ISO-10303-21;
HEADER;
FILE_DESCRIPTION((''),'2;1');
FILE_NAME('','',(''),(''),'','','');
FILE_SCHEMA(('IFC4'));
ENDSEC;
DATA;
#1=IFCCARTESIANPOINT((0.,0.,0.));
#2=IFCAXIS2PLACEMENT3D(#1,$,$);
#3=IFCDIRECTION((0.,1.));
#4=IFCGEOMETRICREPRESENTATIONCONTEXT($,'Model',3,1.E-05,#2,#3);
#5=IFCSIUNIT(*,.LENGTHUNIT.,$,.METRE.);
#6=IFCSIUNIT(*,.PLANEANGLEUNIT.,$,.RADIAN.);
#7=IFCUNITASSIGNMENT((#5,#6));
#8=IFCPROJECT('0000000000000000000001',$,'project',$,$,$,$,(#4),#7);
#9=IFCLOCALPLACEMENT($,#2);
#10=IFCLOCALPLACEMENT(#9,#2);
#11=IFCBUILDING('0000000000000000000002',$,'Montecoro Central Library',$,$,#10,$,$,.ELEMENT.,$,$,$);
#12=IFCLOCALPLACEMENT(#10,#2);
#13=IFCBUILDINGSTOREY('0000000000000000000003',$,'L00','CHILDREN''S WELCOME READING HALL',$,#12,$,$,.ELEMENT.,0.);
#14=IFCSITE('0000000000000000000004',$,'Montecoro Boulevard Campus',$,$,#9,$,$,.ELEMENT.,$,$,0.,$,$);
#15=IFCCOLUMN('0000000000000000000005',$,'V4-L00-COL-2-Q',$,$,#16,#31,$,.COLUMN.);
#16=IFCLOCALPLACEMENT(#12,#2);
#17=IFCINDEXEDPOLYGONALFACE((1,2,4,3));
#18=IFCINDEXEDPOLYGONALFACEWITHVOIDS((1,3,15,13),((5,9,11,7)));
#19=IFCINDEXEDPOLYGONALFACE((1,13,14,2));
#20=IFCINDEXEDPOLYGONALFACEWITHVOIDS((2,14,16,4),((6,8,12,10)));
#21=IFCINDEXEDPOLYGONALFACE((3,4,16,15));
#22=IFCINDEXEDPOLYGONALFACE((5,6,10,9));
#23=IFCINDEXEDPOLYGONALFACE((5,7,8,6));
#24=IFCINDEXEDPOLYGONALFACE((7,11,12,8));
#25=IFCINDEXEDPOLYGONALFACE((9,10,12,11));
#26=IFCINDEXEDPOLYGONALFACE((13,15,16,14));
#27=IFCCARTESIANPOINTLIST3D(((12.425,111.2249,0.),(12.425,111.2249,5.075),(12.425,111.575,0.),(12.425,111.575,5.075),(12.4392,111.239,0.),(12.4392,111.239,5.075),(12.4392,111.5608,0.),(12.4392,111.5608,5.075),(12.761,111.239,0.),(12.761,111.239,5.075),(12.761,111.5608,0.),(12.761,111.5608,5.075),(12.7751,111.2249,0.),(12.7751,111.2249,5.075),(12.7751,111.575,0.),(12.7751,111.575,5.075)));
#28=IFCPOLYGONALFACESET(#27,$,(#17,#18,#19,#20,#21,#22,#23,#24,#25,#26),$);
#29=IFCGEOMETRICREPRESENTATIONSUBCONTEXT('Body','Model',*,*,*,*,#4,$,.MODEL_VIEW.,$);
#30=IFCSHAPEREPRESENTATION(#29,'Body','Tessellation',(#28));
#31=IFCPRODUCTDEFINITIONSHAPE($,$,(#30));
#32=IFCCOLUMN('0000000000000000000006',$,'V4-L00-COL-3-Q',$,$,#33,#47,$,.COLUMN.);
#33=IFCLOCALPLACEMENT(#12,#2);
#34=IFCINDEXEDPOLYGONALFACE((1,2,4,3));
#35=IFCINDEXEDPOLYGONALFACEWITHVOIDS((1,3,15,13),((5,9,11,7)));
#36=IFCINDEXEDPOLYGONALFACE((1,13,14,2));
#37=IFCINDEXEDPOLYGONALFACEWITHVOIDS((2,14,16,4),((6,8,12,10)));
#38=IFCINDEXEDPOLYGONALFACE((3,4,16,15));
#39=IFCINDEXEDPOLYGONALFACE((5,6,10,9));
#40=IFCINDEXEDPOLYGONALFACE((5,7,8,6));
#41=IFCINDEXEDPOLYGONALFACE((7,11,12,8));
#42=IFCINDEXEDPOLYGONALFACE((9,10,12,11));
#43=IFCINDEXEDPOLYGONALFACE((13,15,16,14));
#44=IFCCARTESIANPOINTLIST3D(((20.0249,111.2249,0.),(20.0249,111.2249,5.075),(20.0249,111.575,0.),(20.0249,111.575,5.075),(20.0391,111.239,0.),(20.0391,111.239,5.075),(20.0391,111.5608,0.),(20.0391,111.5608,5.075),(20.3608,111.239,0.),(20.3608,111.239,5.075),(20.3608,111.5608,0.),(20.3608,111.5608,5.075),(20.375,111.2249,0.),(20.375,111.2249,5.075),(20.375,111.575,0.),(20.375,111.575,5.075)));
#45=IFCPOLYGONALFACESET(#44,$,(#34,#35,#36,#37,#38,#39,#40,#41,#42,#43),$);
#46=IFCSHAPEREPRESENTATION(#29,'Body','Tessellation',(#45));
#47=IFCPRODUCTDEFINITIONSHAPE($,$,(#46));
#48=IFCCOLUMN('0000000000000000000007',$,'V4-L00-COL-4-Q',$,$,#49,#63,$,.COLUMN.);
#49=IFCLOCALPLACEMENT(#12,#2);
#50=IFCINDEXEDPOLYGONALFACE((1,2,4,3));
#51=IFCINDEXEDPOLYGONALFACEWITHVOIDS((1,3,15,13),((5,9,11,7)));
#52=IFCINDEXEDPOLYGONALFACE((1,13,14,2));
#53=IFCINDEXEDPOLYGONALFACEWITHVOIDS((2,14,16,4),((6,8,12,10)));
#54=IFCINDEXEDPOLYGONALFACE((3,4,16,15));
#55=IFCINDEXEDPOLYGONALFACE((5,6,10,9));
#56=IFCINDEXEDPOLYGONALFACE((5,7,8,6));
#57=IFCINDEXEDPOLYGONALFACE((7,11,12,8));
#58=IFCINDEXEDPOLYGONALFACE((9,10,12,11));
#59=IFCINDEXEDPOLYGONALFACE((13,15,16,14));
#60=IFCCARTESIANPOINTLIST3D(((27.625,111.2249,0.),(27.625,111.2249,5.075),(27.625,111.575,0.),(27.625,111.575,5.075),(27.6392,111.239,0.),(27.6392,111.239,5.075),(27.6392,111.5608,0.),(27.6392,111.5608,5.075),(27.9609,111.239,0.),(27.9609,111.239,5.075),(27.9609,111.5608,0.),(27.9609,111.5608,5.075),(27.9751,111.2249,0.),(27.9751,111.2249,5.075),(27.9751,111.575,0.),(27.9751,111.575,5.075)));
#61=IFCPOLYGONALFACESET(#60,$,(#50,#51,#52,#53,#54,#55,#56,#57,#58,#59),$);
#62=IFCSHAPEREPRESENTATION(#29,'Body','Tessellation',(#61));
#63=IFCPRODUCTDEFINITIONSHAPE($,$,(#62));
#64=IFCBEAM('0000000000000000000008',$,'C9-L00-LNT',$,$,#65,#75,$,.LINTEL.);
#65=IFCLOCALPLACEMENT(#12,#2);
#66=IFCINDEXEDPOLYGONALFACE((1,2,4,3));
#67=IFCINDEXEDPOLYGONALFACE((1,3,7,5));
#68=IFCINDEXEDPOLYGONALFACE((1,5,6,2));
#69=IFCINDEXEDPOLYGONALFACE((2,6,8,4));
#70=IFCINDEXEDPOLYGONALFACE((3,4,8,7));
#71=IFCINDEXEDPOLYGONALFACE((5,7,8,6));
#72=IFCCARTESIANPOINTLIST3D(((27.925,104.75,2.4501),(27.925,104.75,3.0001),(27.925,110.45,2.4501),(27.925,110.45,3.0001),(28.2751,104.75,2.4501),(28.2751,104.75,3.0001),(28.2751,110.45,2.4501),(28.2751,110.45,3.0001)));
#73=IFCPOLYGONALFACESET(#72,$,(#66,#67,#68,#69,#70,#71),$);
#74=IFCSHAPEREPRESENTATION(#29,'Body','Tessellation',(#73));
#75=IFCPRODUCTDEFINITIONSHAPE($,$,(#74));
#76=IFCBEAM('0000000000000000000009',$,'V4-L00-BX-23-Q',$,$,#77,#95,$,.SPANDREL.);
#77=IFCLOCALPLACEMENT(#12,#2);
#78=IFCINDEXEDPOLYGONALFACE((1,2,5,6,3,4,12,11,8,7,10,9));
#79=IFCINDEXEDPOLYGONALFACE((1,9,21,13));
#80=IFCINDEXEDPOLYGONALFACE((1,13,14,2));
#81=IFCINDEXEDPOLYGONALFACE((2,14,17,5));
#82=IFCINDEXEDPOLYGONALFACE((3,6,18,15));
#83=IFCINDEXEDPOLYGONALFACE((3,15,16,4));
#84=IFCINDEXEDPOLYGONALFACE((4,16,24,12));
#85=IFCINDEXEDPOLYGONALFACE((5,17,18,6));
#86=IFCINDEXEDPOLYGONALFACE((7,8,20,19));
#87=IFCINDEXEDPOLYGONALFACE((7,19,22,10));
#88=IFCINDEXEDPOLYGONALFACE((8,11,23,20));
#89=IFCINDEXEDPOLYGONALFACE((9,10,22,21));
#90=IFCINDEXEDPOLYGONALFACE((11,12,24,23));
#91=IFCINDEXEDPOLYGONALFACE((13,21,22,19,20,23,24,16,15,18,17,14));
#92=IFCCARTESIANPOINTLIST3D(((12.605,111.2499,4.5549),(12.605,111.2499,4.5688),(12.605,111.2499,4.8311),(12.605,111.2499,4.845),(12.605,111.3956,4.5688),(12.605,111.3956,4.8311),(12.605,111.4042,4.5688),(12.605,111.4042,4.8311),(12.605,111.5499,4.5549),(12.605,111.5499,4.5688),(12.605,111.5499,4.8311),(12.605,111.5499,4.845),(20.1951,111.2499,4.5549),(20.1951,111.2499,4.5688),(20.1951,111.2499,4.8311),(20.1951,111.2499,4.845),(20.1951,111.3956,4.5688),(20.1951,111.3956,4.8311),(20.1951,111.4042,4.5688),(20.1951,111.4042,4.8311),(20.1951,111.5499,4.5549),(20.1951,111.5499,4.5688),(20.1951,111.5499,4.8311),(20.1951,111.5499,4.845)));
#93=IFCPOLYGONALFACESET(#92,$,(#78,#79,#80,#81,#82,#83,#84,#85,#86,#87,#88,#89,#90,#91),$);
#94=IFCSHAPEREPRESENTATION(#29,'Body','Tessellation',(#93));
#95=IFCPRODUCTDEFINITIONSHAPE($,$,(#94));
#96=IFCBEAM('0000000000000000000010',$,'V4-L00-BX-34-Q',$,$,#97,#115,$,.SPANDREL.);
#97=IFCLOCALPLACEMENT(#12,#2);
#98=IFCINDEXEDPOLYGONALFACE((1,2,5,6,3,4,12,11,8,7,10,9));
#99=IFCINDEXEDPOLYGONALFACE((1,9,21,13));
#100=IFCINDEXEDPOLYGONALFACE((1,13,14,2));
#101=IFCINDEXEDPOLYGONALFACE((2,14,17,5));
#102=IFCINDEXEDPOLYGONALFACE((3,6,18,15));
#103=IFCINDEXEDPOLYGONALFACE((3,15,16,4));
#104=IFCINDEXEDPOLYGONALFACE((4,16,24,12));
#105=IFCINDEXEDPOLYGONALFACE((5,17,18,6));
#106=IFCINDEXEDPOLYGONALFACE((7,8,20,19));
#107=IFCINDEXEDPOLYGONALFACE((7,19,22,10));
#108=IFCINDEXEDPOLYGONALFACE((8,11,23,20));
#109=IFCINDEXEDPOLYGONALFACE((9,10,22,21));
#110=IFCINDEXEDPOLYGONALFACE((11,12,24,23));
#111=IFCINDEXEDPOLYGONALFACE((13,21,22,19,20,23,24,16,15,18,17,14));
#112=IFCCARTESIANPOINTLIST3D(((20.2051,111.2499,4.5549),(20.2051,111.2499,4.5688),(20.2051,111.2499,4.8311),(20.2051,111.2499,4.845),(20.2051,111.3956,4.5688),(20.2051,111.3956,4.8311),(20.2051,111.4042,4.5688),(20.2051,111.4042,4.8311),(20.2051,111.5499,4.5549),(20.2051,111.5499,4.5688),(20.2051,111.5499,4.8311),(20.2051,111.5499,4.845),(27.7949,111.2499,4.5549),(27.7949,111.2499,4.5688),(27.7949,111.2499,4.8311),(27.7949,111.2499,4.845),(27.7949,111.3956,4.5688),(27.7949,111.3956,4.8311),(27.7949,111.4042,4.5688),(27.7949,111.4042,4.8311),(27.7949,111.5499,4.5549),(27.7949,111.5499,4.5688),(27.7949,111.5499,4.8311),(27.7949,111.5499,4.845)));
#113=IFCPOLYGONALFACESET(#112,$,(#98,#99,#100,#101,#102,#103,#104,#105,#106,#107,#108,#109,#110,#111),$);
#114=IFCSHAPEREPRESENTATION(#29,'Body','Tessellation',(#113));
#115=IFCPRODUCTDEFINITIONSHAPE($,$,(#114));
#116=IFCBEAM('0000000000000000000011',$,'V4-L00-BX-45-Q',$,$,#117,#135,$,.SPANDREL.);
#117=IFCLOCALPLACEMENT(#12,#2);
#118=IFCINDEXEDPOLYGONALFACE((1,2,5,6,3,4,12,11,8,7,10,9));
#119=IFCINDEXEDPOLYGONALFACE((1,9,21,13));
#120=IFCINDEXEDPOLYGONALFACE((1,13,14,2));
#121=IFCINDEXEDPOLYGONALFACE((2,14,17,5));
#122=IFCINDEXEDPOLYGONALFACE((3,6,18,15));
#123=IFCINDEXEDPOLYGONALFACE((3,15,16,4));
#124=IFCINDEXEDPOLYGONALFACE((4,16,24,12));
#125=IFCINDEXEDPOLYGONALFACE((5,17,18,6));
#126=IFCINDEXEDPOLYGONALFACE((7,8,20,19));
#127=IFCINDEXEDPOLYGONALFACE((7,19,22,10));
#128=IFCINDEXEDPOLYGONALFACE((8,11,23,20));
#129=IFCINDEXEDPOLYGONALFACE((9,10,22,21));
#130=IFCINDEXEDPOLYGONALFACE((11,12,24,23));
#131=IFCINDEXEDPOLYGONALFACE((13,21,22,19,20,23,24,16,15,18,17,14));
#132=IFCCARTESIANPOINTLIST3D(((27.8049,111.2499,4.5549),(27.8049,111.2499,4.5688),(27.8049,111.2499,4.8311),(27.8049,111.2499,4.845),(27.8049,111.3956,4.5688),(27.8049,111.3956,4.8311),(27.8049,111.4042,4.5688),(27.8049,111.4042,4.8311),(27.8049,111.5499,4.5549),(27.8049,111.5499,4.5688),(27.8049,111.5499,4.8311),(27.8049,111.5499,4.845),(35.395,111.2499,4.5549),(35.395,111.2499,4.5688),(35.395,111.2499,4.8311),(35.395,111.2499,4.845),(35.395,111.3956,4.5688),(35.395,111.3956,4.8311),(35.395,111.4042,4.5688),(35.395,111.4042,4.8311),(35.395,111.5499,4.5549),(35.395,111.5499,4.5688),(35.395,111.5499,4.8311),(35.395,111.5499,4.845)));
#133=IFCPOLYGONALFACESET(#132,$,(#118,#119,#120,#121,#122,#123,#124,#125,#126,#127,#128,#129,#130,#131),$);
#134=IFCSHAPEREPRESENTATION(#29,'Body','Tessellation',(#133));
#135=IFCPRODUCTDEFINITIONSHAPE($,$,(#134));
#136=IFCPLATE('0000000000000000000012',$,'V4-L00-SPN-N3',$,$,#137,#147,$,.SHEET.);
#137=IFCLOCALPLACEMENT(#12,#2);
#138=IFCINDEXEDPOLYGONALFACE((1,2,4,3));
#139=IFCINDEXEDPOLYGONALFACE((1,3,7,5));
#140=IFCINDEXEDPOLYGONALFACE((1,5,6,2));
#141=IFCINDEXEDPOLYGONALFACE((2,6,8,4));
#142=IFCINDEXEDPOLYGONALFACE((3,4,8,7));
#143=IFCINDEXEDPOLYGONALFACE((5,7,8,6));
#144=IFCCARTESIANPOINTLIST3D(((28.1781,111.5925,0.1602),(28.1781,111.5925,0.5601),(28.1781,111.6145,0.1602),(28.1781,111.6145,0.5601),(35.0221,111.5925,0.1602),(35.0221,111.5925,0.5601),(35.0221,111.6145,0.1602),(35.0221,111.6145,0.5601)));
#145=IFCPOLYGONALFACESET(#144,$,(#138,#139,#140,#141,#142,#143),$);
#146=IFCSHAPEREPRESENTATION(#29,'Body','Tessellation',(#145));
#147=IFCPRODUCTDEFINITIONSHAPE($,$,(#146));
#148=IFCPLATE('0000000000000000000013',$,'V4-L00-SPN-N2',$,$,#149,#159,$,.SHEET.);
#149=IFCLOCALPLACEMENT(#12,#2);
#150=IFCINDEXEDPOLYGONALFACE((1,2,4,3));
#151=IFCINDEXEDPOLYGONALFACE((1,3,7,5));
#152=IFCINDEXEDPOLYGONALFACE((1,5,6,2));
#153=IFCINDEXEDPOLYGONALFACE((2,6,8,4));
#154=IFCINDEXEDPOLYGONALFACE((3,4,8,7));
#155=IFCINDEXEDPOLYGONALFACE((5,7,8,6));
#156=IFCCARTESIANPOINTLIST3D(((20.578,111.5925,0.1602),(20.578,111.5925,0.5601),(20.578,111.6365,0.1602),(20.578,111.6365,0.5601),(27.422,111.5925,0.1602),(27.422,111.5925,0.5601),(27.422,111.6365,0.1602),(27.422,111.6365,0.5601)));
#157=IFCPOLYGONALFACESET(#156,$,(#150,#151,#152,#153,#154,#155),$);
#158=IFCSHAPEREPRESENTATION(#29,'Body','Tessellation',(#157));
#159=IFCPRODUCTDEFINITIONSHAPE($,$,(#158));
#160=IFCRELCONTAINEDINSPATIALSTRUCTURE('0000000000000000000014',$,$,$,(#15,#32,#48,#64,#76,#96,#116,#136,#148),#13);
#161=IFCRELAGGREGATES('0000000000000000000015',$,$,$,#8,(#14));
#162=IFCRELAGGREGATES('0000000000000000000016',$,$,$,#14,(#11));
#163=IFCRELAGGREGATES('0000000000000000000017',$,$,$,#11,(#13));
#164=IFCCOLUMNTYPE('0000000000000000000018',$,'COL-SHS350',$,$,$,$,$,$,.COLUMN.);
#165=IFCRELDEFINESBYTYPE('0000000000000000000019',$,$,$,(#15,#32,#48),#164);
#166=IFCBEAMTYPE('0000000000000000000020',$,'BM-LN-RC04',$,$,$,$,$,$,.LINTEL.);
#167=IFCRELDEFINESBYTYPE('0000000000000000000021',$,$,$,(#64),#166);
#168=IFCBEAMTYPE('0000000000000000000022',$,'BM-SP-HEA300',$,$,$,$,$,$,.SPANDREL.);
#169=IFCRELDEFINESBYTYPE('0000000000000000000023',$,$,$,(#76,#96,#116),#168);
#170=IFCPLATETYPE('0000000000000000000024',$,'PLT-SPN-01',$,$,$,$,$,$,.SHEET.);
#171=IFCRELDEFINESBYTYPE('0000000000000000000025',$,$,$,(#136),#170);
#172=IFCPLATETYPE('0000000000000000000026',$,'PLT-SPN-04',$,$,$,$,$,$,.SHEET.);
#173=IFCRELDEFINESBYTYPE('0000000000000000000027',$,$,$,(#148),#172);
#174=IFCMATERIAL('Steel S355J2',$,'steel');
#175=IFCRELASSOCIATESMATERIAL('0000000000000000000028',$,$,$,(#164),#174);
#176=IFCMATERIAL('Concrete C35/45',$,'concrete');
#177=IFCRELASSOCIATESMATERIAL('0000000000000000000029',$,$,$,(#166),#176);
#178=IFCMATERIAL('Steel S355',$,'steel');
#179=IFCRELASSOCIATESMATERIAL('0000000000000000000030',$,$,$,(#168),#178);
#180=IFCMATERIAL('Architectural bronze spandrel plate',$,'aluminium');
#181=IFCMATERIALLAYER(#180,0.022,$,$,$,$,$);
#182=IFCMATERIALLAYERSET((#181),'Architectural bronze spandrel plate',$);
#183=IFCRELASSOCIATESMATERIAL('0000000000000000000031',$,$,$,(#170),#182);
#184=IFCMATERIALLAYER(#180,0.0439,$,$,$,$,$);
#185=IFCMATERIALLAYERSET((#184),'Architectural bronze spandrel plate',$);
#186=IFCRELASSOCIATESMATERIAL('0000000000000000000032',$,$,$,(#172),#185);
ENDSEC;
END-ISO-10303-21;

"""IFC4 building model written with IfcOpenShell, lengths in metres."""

from ifc_helpers import new_model, si_unit, direction, frame, origin, origin_2d, place, context, subcontext, project, spatial, rectangle, hollow_rectangle, i_section, extrude, material, layer, layer_set, material_profile, profile_set, type_object, element, save


model = new_model("IFC4")

# Units and contexts
model_context = context("Model", 3, precision=1e-05, world=origin(), true_north=direction((0.0, 1.0)))
body_context = subcontext(model_context, "Body", "Model", "MODEL_VIEW")
ifc_project = project(units=[si_unit("LENGTHUNIT", "METRE"), si_unit("PLANEANGLEUNIT", "RADIAN")], contexts=[model_context])

# Site, building, storey
site_placement = place(None, origin())
site = spatial("IfcSite", under=ifc_project, at=site_placement, Name="Montecoro Boulevard Campus", CompositionType="ELEMENT", RefElevation=0.0)
building_placement = place(site_placement, origin())
building = spatial("IfcBuilding", under=site, at=building_placement, Name="Montecoro Central Library", CompositionType="ELEMENT")
storey_placement = place(building_placement, origin())
storey = spatial("IfcBuildingStorey", under=building, at=storey_placement, Name="L00", Description="CHILDREN'S WELCOME READING HALL", CompositionType="ELEMENT", Elevation=0.0)

# Columns
ifc_material_1 = material(Name="Steel S355J2", Category="steel")
ifc_material_profile_1 = material_profile(ifc_material_1, hollow_rectangle(XDim=0.3501, YDim=0.3501, WallThickness=0.0142, at=origin_2d()), Name="SHS 350x350x14.2")
ifc_profile_set_1 = profile_set([ifc_material_profile_1], Name="Steel S355J2")
column_type = type_object("IfcColumnType", Name="COL-SHS350", PredefinedType="COLUMN", material=ifc_profile_set_1)
for number, where, z_axis, x_axis, name in (
    (1, (12.6001, 111.3999, 0.0), (0.0, 0.0, 1.0), (1.0, 0.0, 0.0), "V4-L00-COL-2-Q"),
    (2, (20.2, 111.3999, 0.0), (0.0, 0.0, 1.0), (1.0, 0.0, 0.0), "V4-L00-COL-3-Q"),
    (3, (27.8, 111.3999, 0.0), (0.0, 0.0, 1.0), (1.0, 0.0, 0.0), "V4-L00-COL-4-Q"),
):
    element("IfcColumn", number, at=place(storey_placement, frame(where, z_axis=z_axis, x_axis=x_axis)), inside=storey, type_object=column_type, Name=name, PredefinedType="COLUMN", context=body_context, shape_type="SweptSolid", body=[
        extrude(hollow_rectangle(XDim=0.3501, YDim=0.3501, WallThickness=0.0142, at=origin_2d()), origin(), (0.0, 0.0, 1.0), 5.075),
    ])

# Beams
ifc_material_2 = material(Name="Concrete C35/45", Category="concrete")
ifc_material_profile_2 = material_profile(ifc_material_2, rectangle(XDim=0.3501, YDim=0.55, at=origin_2d()), Name="RC LNT 550x350")
ifc_profile_set_2 = profile_set([ifc_material_profile_2], Name="Concrete C35/45")
beam_type_1 = type_object("IfcBeamType", Name="BM-LN-RC04", PredefinedType="LINTEL", material=ifc_profile_set_2)
beam_1_placement = place(storey_placement, frame((28.1001, 104.75, 2.7251), z_axis=(0.0, 1.0, 0.0), x_axis=(-1.0, 0.0, 0.0)))
element("IfcBeam", 4, at=beam_1_placement, inside=storey, type_object=beam_type_1, Name="C9-L00-LNT", PredefinedType="LINTEL", context=body_context, shape_type="SweptSolid", body=[
    extrude(rectangle(XDim=0.3501, YDim=0.55, at=origin_2d()), origin(), (0.0, 0.0, 1.0), 5.7),
])
ifc_material_3 = material(Name="Steel S355", Category="steel")
ifc_material_profile_3 = material_profile(ifc_material_3, i_section(OverallWidth=0.3, OverallDepth=0.29, WebThickness=0.0085, FlangeThickness=0.0139, at=origin_2d()), Name="HEA 300")
ifc_profile_set_3 = profile_set([ifc_material_profile_3], Name="Steel S355")
beam_type_2 = type_object("IfcBeamType", Name="BM-SP-HEA300", PredefinedType="SPANDREL", material=ifc_profile_set_3)
beam_2_placement = place(storey_placement, frame((12.605, 111.3999, 4.7), z_axis=(1.0, 0.0, 0.0), x_axis=(0.0, 1.0, 0.0)))
element("IfcBeam", 5, at=beam_2_placement, inside=storey, type_object=beam_type_2, Name="V4-L00-BX-23-Q", PredefinedType="SPANDREL", context=body_context, shape_type="SweptSolid", body=[
    extrude(i_section(OverallWidth=0.3, OverallDepth=0.29, WebThickness=0.0085, FlangeThickness=0.0139, at=origin_2d()), origin(), (0.0, 0.0, 1.0), 7.5901),
])
beam_3_placement = place(storey_placement, frame((20.2051, 111.3999, 4.7), z_axis=(1.0, 0.0, 0.0), x_axis=(0.0, 1.0, 0.0)))
element("IfcBeam", 6, at=beam_3_placement, inside=storey, type_object=beam_type_2, Name="V4-L00-BX-34-Q", PredefinedType="SPANDREL", context=body_context, shape_type="SweptSolid", body=[
    extrude(i_section(OverallWidth=0.3, OverallDepth=0.29, WebThickness=0.0085, FlangeThickness=0.0139, at=origin_2d()), origin(), (0.0, 0.0, 1.0), 7.5898),
])
beam_4_placement = place(storey_placement, frame((27.8049, 111.3999, 4.7), z_axis=(1.0, 0.0, 0.0), x_axis=(0.0, 1.0, 0.0)))
element("IfcBeam", 7, at=beam_4_placement, inside=storey, type_object=beam_type_2, Name="V4-L00-BX-45-Q", PredefinedType="SPANDREL", context=body_context, shape_type="SweptSolid", body=[
    extrude(i_section(OverallWidth=0.3, OverallDepth=0.29, WebThickness=0.0085, FlangeThickness=0.0139, at=origin_2d()), origin(), (0.0, 0.0, 1.0), 7.5901),
])

# Plates
ifc_material_4 = material(Name="Architectural bronze spandrel plate", Category="aluminium")
ifc_layer_1 = layer(ifc_material_4, 0.022)
ifc_layer_set_1 = layer_set([ifc_layer_1], Name="Architectural bronze spandrel plate")
plate_type_1 = type_object("IfcPlateType", Name="PLT-SPN-01", PredefinedType="SHEET", material=ifc_layer_set_1)
plate_1_placement = place(storey_placement, frame((31.6001, 111.6035, 0.1602), z_axis=(0.0, 0.0, 1.0), x_axis=(-1.0, 0.0, 0.0)))
element("IfcPlate", 8, at=plate_1_placement, inside=storey, type_object=plate_type_1, Name="V4-L00-SPN-N3", PredefinedType="SHEET", context=body_context, shape_type="SweptSolid", body=[
    extrude(rectangle(XDim=6.844, YDim=0.022, at=origin_2d()), origin(), (0.0, 0.0, 1.0), 0.3999),
])
ifc_layer_2 = layer(ifc_material_4, 0.0439)
ifc_layer_set_2 = layer_set([ifc_layer_2], Name="Architectural bronze spandrel plate")
plate_type_2 = type_object("IfcPlateType", Name="PLT-SPN-04", PredefinedType="SHEET", material=ifc_layer_set_2)
plate_2_placement = place(storey_placement, frame((24.0, 111.6145, 0.1602), z_axis=(0.0, 0.0, 1.0), x_axis=(-1.0, 0.0, 0.0)))
element("IfcPlate", 9, at=plate_2_placement, inside=storey, type_object=plate_type_2, Name="V4-L00-SPN-N2", PredefinedType="SHEET", context=body_context, shape_type="SweptSolid", body=[
    extrude(rectangle(XDim=6.844, YDim=0.0439, at=origin_2d()), origin(), (0.0, 0.0, 1.0), 0.3999),
])

save(model, "model.ifc")
